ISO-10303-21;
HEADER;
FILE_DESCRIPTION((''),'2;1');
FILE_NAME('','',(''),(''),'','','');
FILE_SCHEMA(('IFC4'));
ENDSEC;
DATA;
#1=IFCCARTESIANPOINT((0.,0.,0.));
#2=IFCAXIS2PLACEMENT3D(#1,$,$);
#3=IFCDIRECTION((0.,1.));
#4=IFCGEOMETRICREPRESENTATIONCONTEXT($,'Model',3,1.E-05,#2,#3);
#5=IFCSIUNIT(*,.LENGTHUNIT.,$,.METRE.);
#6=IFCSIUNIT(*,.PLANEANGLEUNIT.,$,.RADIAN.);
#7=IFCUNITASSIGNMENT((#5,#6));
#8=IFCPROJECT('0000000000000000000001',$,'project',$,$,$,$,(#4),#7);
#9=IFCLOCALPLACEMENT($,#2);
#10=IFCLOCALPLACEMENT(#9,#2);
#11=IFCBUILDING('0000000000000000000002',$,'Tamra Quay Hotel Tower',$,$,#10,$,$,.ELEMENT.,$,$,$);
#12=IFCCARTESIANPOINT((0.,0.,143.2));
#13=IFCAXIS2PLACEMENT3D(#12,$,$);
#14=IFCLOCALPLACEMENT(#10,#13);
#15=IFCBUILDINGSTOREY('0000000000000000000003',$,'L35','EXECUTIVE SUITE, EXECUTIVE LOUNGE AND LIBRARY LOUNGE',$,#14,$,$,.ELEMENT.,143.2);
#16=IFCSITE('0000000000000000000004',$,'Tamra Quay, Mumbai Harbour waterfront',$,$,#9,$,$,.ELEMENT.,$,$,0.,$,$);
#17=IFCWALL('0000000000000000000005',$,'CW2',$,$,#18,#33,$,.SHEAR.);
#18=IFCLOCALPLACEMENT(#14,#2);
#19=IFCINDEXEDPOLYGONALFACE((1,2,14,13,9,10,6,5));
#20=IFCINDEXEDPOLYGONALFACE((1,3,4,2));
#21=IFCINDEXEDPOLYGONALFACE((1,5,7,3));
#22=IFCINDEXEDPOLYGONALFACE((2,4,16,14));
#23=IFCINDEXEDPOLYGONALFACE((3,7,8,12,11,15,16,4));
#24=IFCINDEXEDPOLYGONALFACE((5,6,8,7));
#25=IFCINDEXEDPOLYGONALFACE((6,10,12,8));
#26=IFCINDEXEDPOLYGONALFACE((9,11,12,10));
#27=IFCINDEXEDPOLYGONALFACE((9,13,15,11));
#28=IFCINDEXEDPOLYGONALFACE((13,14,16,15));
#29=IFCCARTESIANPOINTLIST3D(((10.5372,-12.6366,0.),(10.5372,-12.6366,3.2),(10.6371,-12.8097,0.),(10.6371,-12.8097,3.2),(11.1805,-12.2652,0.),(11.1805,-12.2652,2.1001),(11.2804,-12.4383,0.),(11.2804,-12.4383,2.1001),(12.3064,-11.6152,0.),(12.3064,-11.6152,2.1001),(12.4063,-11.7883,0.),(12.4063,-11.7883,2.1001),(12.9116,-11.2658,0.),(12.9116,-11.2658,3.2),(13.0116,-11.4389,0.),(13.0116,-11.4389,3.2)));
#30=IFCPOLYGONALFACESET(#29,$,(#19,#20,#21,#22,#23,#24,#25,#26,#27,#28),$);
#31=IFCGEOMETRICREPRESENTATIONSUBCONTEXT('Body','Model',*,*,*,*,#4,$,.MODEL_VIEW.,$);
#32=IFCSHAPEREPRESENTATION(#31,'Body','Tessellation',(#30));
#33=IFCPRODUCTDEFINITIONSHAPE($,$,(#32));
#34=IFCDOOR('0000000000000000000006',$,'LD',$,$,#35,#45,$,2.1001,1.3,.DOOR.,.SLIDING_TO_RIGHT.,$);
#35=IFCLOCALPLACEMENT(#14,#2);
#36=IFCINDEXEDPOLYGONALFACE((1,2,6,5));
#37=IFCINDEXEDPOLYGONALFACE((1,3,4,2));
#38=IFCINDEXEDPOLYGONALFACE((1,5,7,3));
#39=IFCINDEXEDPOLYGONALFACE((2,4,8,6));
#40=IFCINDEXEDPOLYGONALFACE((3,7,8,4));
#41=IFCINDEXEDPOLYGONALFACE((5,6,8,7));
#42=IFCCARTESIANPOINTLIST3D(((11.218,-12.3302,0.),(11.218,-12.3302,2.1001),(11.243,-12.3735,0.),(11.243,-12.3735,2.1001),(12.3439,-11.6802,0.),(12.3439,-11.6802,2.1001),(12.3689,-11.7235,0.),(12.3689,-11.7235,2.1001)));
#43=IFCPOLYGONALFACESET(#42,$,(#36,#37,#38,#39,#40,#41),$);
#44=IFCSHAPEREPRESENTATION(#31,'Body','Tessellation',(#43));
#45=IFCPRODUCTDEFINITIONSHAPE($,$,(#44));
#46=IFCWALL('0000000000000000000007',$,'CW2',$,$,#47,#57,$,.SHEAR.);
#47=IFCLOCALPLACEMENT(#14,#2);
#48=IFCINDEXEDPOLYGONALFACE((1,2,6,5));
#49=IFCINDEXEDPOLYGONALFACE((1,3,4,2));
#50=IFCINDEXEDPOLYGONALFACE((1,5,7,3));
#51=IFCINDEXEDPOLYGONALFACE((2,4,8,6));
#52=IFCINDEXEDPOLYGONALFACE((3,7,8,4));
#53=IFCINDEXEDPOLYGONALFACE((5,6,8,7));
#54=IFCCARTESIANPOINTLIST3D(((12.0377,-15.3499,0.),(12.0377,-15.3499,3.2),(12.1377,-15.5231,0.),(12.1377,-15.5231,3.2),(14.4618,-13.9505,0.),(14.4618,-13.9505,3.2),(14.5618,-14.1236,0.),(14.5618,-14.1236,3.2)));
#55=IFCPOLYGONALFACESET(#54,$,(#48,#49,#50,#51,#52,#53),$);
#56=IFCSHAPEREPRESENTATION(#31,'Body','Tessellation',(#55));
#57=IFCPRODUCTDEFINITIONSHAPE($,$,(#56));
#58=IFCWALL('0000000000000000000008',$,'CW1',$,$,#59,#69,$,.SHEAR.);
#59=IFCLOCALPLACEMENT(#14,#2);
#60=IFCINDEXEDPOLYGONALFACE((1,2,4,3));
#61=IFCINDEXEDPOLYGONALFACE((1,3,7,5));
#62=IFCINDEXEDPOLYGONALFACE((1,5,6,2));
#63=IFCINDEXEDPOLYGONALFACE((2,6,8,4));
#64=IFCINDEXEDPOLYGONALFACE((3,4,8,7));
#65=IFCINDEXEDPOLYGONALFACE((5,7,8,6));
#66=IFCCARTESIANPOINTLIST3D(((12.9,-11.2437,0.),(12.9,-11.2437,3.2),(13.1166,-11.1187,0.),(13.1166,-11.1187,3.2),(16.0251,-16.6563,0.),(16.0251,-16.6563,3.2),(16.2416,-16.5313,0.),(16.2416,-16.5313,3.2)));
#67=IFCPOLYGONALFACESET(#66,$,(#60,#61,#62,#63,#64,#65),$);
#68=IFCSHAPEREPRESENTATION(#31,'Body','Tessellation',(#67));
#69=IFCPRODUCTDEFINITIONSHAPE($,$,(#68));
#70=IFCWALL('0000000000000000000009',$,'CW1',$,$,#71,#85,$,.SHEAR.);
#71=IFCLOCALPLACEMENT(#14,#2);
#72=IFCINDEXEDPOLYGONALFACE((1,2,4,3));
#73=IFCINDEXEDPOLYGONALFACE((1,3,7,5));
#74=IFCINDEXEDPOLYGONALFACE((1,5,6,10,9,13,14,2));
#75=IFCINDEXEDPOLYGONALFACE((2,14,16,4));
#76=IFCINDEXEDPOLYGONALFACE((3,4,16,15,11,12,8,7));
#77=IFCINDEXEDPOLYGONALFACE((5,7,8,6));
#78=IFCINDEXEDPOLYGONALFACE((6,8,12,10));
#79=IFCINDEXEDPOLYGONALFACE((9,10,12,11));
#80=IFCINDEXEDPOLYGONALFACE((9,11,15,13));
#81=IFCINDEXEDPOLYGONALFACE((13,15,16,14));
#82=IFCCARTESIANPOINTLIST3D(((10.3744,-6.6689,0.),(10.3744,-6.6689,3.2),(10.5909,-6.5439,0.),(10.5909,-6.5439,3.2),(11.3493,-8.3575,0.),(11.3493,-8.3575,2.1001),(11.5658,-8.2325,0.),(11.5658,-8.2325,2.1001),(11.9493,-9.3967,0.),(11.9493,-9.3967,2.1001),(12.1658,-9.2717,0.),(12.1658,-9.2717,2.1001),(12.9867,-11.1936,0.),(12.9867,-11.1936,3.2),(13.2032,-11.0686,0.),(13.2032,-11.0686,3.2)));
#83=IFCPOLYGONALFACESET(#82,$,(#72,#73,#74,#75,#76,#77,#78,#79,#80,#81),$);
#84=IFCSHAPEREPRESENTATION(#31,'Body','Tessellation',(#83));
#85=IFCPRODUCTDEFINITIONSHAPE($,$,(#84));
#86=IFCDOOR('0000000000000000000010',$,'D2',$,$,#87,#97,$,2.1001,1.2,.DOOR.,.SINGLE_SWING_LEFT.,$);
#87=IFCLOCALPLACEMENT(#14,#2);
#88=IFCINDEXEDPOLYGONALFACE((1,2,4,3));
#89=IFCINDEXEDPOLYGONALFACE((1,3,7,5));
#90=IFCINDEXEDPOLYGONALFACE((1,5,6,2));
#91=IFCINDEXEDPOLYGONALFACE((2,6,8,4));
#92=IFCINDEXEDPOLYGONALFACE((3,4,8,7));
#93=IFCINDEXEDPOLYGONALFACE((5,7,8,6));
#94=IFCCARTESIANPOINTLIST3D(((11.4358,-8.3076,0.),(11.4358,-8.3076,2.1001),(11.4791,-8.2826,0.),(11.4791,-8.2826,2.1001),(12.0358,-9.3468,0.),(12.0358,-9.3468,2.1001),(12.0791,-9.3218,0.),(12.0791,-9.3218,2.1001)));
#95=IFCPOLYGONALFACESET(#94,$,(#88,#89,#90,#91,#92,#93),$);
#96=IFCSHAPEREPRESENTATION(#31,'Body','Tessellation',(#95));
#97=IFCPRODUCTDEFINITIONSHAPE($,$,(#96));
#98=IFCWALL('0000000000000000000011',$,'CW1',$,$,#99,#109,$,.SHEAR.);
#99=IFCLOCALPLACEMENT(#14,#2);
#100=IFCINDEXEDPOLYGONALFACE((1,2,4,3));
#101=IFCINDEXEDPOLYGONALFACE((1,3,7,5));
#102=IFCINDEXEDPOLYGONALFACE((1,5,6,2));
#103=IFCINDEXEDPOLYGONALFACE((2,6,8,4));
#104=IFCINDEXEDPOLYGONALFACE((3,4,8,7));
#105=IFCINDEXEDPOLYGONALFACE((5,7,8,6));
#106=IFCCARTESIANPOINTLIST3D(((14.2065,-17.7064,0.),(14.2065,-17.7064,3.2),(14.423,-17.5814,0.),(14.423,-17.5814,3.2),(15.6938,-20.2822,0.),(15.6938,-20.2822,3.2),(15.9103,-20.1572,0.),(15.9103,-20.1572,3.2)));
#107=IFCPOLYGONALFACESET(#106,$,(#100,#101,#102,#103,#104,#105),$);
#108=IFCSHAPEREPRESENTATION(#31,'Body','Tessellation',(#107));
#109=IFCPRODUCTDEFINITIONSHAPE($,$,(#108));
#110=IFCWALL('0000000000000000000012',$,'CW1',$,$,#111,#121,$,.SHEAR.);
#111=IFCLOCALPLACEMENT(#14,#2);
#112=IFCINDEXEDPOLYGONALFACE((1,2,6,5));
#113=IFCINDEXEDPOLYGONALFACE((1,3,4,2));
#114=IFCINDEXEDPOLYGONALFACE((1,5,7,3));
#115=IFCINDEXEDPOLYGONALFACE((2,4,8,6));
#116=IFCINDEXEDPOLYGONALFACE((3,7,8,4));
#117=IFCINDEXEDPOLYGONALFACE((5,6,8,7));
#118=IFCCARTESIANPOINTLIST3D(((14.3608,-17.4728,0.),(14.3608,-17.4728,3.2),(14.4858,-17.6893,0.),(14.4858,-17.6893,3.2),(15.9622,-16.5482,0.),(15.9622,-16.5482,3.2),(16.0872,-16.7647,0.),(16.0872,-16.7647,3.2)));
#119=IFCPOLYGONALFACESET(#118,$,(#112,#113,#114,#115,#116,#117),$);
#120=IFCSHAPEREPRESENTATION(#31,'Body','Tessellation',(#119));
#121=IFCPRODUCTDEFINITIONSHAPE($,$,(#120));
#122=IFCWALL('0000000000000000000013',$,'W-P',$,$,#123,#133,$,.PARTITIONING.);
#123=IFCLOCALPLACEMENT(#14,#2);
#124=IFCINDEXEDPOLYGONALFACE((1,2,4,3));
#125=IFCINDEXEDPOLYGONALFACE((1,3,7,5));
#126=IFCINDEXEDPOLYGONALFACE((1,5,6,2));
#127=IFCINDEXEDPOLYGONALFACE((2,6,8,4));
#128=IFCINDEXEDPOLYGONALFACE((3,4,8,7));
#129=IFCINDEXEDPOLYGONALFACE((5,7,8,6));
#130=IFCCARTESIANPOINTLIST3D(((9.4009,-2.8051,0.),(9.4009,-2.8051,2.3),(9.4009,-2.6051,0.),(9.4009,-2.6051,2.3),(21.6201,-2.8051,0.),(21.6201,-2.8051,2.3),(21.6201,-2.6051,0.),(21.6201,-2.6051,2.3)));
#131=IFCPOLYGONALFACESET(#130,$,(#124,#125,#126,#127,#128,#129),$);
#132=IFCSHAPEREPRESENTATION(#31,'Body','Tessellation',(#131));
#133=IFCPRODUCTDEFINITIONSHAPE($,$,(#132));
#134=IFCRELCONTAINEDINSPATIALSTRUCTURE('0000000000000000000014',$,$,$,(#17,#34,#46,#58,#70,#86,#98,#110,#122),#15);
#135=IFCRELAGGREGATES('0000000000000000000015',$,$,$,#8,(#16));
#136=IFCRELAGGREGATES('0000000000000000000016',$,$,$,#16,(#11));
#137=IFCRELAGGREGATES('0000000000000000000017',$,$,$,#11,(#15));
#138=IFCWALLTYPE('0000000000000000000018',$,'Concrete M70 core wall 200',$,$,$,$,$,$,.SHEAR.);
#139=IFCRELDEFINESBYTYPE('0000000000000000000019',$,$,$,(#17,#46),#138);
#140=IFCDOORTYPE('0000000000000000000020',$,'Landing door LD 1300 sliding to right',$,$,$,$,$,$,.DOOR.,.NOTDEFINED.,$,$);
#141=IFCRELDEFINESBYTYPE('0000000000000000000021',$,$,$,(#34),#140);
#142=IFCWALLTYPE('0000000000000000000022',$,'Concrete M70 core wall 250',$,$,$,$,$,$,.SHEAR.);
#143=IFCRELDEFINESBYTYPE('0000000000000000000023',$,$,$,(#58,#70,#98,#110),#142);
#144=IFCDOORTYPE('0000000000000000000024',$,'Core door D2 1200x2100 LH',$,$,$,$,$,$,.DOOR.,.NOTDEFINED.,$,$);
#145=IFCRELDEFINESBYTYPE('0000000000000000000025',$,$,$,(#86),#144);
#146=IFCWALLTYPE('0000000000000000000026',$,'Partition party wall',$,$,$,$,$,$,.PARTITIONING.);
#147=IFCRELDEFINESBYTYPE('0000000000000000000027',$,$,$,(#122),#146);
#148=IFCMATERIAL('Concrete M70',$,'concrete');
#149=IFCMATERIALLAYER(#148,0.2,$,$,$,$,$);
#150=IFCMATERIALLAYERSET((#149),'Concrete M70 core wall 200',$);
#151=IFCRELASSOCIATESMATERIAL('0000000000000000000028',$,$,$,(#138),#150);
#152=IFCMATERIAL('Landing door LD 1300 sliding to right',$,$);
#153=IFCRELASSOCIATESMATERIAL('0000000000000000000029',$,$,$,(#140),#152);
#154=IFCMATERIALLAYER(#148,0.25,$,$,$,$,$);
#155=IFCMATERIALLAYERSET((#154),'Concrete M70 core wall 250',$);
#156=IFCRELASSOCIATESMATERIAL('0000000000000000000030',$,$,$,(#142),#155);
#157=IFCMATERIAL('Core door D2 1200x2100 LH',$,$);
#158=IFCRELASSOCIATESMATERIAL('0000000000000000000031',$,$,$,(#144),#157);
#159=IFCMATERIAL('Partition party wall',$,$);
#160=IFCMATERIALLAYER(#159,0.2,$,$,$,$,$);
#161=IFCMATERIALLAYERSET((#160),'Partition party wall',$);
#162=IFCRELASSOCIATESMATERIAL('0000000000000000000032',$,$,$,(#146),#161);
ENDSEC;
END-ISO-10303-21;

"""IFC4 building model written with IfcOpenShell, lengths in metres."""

from ifc_helpers import new_model, si_unit, direction, frame, frame_2d, origin, place, context, subcontext, project, spatial, rectangle, extrude, material, layer, layer_set, type_object, element, fill, save


model = new_model("IFC4")

# Units and contexts
model_context = context("Model", 3, precision=1e-05, world=origin(), true_north=direction((0.0, 1.0)))
body_context = subcontext(model_context, "Body", "Model", "MODEL_VIEW")
ifc_project = project(units=[si_unit("LENGTHUNIT", "METRE"), si_unit("PLANEANGLEUNIT", "RADIAN")], contexts=[model_context])

# Site, building, storey
site_placement = place(None, origin())
site = spatial("IfcSite", under=ifc_project, at=site_placement, Name="Tamra Quay, Mumbai Harbour waterfront", CompositionType="ELEMENT", RefElevation=0.0)
building_placement = place(site_placement, origin())
building = spatial("IfcBuilding", under=site, at=building_placement, Name="Tamra Quay Hotel Tower", CompositionType="ELEMENT")
storey_placement = place(building_placement, frame((0.0, 0.0, 143.2)))
storey = spatial("IfcBuildingStorey", under=building, at=storey_placement, Name="L35", Description="EXECUTIVE SUITE, EXECUTIVE LOUNGE AND LIBRARY LOUNGE", CompositionType="ELEMENT", Elevation=143.2)

# Shared definitions
ifc_material_1 = material(Name="Concrete M70", Category="concrete")

# Shared definitions
ifc_layer_1 = layer(ifc_material_1, 0.2)
ifc_layer_set_1 = layer_set([ifc_layer_1], Name="Concrete M70 core wall 200")
wall_type_1 = type_object("IfcWallType", Name="Concrete M70 core wall 200", PredefinedType="SHEAR", material=ifc_layer_set_1)

# Wall, opening, door
wall_1_placement = place(storey_placement, frame((10.5872, -12.7231, 0.0), z_axis=(0.0, 0.0, 1.0), x_axis=(0.866037, 0.499979, 0.0)))
wall_1 = element("IfcWall", 1, at=wall_1_placement, inside=storey, type_object=wall_type_1, Name="CW2", PredefinedType="SHEAR", context=body_context, shape_type="SweptSolid", body=[
    extrude(rectangle(XDim=2.7417, YDim=0.2, at=frame_2d((1.3708, 0.0))), origin(), (0.0, 0.0, 1.0), 3.2),
])
opening_1_placement = place(wall_1_placement, frame((0.7429, 0.0, 0.0)))
opening_1 = element("IfcOpeningElement", 2, at=opening_1_placement, cuts=wall_1, PredefinedType="OPENING", context=body_context, shape_type="SweptSolid", body=[
    extrude(rectangle(XDim=1.3, YDim=2.1001, at=frame_2d((0.6499, 1.05))), frame((0.0, 0.1099, 0.0), z_axis=(0.0, -1.0, 0.0), x_axis=(1.0, 0.0, 0.0)), (0.0, 0.0, 1.0), 0.22),
])
ifc_material_2 = material(Name="Landing door LD 1300 sliding to right")
door_type_1 = type_object("IfcDoorType", Name="Landing door LD 1300 sliding to right", OperationType="NOTDEFINED", PredefinedType="DOOR", material=ifc_material_2)
door_1_placement = place(opening_1_placement, origin())
door_1 = element("IfcDoor", 3, at=door_1_placement, inside=storey, type_object=door_type_1, Name="LD", OperationType="SLIDING_TO_RIGHT", OverallHeight=2.1001, OverallWidth=1.3, PredefinedType="DOOR", context=body_context, shape_type="SweptSolid", body=[
    extrude(rectangle(XDim=1.3, YDim=2.1001, at=frame_2d((0.6499, 1.05))), frame((0.0, 0.0249, 0.0), z_axis=(0.0, -1.0, 0.0), x_axis=(1.0, 0.0, 0.0)), (0.0, 0.0, 1.0), 0.05),
])
fill(opening_1, door_1)

# Walls
wall_2_placement = place(storey_placement, frame((14.5117, -14.0371, 0.0), z_axis=(0.0, 0.0, 1.0), x_axis=(-0.866045, -0.499967, 0.0)))
element("IfcWall", 4, at=wall_2_placement, inside=storey, type_object=wall_type_1, Name="CW2", PredefinedType="SHEAR", context=body_context, shape_type="SweptSolid", body=[
    extrude(rectangle(XDim=2.7991, YDim=0.2, at=frame_2d((1.3994, 0.0))), origin(), (0.0, 0.0, 1.0), 3.2),
])
ifc_layer_2 = layer(ifc_material_1, 0.25)
ifc_layer_set_2 = layer_set([ifc_layer_2], Name="Concrete M70 core wall 250")
wall_type_2 = type_object("IfcWallType", Name="Concrete M70 core wall 250", PredefinedType="SHEAR", material=ifc_layer_set_2)
wall_3_placement = place(storey_placement, frame((13.0083, -11.1812, 0.0), z_axis=(0.0, 0.0, 1.0), x_axis=(0.500004, -0.866023, 0.0)))
element("IfcWall", 5, at=wall_3_placement, inside=storey, type_object=wall_type_2, Name="CW1", PredefinedType="SHEAR", context=body_context, shape_type="SweptSolid", body=[
    extrude(rectangle(XDim=6.25, YDim=0.25, at=frame_2d((3.125, 0.0))), origin(), (0.0, 0.0, 1.0), 3.2),
])

# Wall, opening, door
wall_4_placement = place(storey_placement, frame((10.4827, -6.6064, 0.0), z_axis=(0.0, 0.0, 1.0), x_axis=(0.499999, -0.866026, 0.0)))
wall_4 = element("IfcWall", 6, at=wall_4_placement, inside=storey, type_object=wall_type_2, Name="CW1", PredefinedType="SHEAR", context=body_context, shape_type="SweptSolid", body=[
    extrude(rectangle(XDim=5.2246, YDim=0.25, at=frame_2d((2.6123, 0.0))), origin(), (0.0, 0.0, 1.0), 3.2),
])
opening_2_placement = place(wall_4_placement, frame((1.9497, 0.0, 0.0)))
opening_2 = element("IfcOpeningElement", 7, at=opening_2_placement, cuts=wall_4, PredefinedType="OPENING", context=body_context, shape_type="SweptSolid", body=[
    extrude(rectangle(XDim=1.2, YDim=2.1001, at=frame_2d((0.6001, 1.05))), frame((0.0, 0.135, 0.0), z_axis=(0.0, -1.0, 0.0), x_axis=(1.0, 0.0, 0.0)), (0.0, 0.0, 1.0), 0.27),
])
ifc_material_3 = material(Name="Core door D2 1200x2100 LH")
door_type_2 = type_object("IfcDoorType", Name="Core door D2 1200x2100 LH", OperationType="NOTDEFINED", PredefinedType="DOOR", material=ifc_material_3)
door_2_placement = place(opening_2_placement, origin())
door_2 = element("IfcDoor", 8, at=door_2_placement, inside=storey, type_object=door_type_2, Name="D2", OperationType="SINGLE_SWING_LEFT", OverallHeight=2.1001, OverallWidth=1.2, PredefinedType="DOOR", context=body_context, shape_type="SweptSolid", body=[
    extrude(rectangle(XDim=1.2, YDim=2.1001, at=frame_2d((0.6001, 1.05))), frame((0.0, 0.0249, 0.0), z_axis=(0.0, -1.0, 0.0), x_axis=(1.0, 0.0, 0.0)), (0.0, 0.0, 1.0), 0.05),
])
fill(opening_2, door_2)

# Walls
wall_5_placement = place(storey_placement, frame((14.3147, -17.6438, 0.0), z_axis=(0.0, 0.0, 1.0), x_axis=(0.500023, -0.866012, 0.0)))
element("IfcWall", 9, at=wall_5_placement, inside=storey, type_object=wall_type_2, Name="CW1", PredefinedType="SHEAR", context=body_context, shape_type="SweptSolid", body=[
    extrude(rectangle(XDim=2.9744, YDim=0.25, at=frame_2d((1.4873, 0.0))), origin(), (0.0, 0.0, 1.0), 3.2),
])
wall_6_placement = place(storey_placement, frame((16.0247, -16.6565, 0.0), z_axis=(0.0, 0.0, 1.0), x_axis=(-0.866016, -0.500016, 0.0)))
element("IfcWall", 10, at=wall_6_placement, inside=storey, type_object=wall_type_2, Name="CW1", PredefinedType="SHEAR", context=body_context, shape_type="SweptSolid", body=[
    extrude(rectangle(XDim=1.8491, YDim=0.25, at=frame_2d((0.9246, 0.0))), origin(), (0.0, 0.0, 1.0), 3.2),
])
ifc_material_4 = material(Name="Partition party wall")
ifc_layer_3 = layer(ifc_material_4, 0.2)
ifc_layer_set_3 = layer_set([ifc_layer_3], Name="Partition party wall")
wall_type_3 = type_object("IfcWallType", Name="Partition party wall", PredefinedType="PARTITIONING", material=ifc_layer_set_3)
wall_7_placement = place(storey_placement, frame((9.4009, -2.7051, 0.0), z_axis=(0.0, 0.0, 1.0), x_axis=(1.0, 0.0, 0.0)))
element("IfcWall", 11, at=wall_7_placement, inside=storey, type_object=wall_type_3, Name="W-P", PredefinedType="PARTITIONING", context=body_context, shape_type="SweptSolid", body=[
    extrude(rectangle(XDim=12.2192, YDim=0.2, at=frame_2d((6.1096, 0.0))), origin(), (0.0, 0.0, 1.0), 2.3),
])

save(model, "model.ifc")
